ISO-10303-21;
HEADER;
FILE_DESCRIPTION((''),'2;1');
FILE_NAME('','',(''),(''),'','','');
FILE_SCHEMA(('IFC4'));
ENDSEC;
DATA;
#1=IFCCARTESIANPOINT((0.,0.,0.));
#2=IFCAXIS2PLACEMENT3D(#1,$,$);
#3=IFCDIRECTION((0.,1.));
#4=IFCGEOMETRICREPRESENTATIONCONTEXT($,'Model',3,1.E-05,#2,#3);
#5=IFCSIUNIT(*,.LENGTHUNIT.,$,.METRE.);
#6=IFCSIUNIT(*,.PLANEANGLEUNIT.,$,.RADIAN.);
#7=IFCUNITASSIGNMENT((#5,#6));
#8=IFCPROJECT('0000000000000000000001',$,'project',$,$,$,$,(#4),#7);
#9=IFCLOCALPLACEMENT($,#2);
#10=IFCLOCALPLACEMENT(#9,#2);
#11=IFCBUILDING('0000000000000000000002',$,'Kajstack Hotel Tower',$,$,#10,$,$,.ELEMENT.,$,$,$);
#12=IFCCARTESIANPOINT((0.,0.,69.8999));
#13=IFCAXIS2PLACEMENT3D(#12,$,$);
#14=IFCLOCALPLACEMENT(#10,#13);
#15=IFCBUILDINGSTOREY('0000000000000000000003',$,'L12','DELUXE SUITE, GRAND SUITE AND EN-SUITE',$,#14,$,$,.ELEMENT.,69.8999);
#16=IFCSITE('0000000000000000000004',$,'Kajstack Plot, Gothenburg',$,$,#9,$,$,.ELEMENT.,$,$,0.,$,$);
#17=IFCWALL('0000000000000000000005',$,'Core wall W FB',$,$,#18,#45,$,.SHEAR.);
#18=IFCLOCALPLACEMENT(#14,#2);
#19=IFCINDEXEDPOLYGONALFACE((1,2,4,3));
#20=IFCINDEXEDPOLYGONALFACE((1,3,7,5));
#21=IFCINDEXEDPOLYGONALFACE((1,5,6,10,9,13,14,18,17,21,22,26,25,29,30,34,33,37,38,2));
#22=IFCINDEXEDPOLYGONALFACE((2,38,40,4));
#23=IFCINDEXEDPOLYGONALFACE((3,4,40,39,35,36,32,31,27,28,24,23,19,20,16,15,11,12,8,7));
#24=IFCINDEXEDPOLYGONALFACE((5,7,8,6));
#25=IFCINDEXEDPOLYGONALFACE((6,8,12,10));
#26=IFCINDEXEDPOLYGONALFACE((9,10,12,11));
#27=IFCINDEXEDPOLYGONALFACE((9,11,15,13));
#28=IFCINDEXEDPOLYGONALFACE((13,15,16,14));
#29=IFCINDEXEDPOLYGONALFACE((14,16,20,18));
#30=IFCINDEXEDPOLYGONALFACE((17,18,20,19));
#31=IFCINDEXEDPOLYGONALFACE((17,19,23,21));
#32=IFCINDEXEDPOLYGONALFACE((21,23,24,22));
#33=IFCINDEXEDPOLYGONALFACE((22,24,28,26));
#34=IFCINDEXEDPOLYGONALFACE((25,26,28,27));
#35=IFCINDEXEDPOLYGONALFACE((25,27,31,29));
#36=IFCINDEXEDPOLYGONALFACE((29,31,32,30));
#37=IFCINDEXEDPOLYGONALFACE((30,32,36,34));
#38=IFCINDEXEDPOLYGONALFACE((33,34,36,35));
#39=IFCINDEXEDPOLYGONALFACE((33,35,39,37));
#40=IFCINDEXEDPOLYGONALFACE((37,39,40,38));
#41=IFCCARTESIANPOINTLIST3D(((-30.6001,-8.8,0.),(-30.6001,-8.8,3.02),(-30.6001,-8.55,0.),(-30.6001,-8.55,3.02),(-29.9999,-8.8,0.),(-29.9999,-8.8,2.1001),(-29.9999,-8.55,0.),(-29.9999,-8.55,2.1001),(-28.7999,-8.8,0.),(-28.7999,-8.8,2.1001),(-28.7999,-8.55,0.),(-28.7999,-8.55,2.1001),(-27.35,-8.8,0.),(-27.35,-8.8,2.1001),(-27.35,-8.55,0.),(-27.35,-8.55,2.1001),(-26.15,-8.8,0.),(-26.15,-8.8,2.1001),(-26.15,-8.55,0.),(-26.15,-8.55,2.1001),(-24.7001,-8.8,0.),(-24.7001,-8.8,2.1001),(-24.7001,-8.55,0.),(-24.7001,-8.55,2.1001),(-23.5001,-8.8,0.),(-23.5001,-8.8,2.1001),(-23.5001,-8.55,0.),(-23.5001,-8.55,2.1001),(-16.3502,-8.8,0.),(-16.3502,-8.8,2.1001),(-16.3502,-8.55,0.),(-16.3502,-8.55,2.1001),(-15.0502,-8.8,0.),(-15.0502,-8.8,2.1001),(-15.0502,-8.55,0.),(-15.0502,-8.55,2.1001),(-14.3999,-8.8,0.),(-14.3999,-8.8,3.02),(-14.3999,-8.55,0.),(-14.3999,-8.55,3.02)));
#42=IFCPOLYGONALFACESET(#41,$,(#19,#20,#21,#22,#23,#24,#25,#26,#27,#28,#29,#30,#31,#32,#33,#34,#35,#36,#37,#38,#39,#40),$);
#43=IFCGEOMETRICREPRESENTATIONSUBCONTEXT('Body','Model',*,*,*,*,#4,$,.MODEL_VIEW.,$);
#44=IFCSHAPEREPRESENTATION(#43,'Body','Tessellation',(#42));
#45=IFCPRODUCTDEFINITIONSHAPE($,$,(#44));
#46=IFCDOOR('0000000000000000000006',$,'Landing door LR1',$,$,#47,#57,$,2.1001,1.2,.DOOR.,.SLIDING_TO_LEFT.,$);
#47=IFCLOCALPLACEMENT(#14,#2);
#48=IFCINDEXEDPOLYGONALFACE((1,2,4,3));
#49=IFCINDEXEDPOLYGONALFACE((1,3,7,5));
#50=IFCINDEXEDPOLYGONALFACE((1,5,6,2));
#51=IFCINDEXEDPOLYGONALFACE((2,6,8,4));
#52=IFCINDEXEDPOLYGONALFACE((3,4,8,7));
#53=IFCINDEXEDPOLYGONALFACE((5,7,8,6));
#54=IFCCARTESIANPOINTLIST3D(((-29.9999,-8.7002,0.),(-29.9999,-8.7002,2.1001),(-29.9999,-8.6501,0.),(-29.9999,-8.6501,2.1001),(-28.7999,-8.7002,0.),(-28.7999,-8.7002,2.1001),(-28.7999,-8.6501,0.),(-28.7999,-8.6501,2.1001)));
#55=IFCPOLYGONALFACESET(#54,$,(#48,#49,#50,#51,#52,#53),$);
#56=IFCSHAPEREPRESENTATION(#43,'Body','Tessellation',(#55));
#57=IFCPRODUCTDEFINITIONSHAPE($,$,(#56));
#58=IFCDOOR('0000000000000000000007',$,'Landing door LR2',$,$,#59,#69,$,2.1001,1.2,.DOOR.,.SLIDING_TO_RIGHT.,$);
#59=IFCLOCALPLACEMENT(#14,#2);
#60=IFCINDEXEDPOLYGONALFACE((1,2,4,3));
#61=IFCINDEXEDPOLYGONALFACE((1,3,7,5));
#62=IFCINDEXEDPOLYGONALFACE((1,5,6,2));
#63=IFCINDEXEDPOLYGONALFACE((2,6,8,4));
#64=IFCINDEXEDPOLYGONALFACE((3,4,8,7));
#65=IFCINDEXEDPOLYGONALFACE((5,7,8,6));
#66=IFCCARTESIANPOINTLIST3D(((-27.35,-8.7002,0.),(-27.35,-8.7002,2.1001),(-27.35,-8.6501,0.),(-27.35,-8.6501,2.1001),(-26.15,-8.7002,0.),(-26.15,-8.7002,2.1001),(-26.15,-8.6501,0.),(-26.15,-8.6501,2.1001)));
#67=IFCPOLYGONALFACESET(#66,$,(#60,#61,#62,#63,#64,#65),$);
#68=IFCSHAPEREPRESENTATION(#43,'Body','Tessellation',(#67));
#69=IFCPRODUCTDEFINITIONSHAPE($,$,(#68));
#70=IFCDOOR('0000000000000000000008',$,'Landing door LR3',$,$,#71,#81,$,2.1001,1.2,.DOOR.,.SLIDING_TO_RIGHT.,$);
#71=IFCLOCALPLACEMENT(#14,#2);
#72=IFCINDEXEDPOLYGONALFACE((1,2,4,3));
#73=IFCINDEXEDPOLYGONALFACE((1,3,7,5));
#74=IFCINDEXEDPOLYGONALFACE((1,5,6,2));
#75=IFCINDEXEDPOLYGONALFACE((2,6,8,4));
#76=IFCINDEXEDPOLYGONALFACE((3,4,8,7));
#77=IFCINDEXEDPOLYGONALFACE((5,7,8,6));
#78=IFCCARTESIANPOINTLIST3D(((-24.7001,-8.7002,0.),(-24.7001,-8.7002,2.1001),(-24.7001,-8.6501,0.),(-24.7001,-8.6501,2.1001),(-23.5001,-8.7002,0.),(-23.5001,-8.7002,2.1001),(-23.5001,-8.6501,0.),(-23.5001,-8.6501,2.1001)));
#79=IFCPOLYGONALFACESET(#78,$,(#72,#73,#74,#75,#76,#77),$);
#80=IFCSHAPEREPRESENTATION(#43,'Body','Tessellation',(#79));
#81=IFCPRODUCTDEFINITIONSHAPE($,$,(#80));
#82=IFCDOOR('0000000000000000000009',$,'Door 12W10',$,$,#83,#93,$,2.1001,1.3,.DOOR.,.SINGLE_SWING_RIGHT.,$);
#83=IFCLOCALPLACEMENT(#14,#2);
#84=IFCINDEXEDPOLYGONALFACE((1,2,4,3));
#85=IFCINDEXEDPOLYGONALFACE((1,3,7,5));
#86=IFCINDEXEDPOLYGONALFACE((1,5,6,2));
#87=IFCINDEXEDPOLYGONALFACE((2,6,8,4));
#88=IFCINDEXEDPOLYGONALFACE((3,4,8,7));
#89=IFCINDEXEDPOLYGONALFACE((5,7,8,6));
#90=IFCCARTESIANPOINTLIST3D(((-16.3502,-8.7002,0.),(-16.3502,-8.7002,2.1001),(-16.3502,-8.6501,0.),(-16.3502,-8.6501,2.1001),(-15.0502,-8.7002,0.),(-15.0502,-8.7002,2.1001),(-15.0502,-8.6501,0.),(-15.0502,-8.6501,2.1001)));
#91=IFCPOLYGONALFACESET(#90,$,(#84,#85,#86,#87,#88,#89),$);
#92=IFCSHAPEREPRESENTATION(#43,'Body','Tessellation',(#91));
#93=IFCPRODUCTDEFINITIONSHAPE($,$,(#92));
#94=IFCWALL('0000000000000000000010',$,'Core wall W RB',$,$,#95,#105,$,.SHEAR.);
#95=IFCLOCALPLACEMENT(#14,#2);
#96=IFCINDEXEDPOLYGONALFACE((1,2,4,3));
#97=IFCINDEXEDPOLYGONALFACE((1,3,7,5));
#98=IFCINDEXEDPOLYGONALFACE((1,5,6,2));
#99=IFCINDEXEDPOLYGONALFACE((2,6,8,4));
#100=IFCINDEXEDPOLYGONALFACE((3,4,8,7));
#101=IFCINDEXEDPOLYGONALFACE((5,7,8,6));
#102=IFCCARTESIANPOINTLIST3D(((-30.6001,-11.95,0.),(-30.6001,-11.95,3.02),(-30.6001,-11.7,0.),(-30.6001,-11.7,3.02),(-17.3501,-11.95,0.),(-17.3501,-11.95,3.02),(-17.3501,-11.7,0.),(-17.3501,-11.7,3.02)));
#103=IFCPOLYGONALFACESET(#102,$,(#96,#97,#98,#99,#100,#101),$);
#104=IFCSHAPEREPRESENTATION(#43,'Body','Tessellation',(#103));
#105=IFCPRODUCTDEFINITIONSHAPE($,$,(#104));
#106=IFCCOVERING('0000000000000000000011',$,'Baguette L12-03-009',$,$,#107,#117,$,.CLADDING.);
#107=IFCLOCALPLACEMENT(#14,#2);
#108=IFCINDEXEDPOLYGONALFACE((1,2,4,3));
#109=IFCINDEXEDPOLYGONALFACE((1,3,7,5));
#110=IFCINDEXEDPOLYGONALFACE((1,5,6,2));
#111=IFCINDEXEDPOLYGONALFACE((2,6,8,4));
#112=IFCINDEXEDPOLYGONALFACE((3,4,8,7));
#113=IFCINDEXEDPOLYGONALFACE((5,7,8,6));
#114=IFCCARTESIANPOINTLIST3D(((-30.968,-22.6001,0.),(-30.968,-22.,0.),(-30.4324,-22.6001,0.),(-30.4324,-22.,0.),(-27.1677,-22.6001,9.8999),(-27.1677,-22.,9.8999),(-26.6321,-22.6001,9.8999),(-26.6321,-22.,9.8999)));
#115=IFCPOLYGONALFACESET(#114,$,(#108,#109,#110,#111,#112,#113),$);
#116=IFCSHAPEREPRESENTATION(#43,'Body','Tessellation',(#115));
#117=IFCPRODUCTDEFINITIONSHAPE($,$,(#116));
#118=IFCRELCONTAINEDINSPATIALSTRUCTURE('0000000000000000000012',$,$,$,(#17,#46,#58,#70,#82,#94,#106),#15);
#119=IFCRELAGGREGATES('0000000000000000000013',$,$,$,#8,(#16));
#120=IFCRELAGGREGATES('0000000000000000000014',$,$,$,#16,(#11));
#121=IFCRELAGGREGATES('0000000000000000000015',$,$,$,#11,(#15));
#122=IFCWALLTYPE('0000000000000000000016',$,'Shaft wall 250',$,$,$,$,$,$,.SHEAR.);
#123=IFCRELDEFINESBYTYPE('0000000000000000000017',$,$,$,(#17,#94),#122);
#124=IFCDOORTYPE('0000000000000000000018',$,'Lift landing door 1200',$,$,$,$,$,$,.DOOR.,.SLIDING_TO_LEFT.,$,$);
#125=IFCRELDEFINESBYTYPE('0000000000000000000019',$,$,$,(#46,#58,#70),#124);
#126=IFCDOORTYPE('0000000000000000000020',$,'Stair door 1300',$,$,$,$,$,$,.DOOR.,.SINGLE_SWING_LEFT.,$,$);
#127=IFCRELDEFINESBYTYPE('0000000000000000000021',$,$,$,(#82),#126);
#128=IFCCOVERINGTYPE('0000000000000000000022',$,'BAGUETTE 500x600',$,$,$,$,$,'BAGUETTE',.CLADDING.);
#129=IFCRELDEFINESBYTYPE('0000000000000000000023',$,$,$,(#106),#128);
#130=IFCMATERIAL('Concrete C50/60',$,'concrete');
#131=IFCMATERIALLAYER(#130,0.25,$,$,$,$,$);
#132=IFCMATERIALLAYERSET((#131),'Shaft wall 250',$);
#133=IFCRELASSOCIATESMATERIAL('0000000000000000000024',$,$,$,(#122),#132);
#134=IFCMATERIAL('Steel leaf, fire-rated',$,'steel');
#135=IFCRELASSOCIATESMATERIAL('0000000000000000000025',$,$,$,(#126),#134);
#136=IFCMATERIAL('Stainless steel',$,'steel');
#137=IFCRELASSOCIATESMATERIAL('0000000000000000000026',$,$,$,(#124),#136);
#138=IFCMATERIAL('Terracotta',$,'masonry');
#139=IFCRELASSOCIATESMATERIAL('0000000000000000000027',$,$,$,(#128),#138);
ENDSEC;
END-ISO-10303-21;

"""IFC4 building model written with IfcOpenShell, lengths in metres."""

from ifc_helpers import new_model, si_unit, direction, frame, frame_2d, origin, origin_2d, place, context, subcontext, project, spatial, polyline, rectangle, outline, extrude, material, layer, layer_set, material_profile, profile_set, type_object, element, fill, save


model = new_model("IFC4")

# Units and contexts
model_context = context("Model", 3, precision=1e-05, world=origin(), true_north=direction((0.0, 1.0)))
body_context = subcontext(model_context, "Body", "Model", "MODEL_VIEW")
ifc_project = project(units=[si_unit("LENGTHUNIT", "METRE"), si_unit("PLANEANGLEUNIT", "RADIAN")], contexts=[model_context])

# Site, building, storey
site_placement = place(None, origin())
site = spatial("IfcSite", under=ifc_project, at=site_placement, Name="Kajstack Plot, Gothenburg", CompositionType="ELEMENT", RefElevation=0.0)
building_placement = place(site_placement, origin())
building = spatial("IfcBuilding", under=site, at=building_placement, Name="Kajstack Hotel Tower", CompositionType="ELEMENT")
storey_placement = place(building_placement, frame((0.0, 0.0, 69.8999)))
storey = spatial("IfcBuildingStorey", under=building, at=storey_placement, Name="L12", Description="DELUXE SUITE, GRAND SUITE AND EN-SUITE", CompositionType="ELEMENT", Elevation=69.8999)

# Shared definitions
ifc_material_1 = material(Name="Stainless steel", Category="steel")

# Shared definitions
ifc_material_2 = material(Name="Concrete C50/60", Category="concrete")
ifc_layer_1 = layer(ifc_material_2, 0.25)
ifc_layer_set_1 = layer_set([ifc_layer_1], Name="Shaft wall 250")
wall_type_1 = type_object("IfcWallType", Name="Shaft wall 250", PredefinedType="SHEAR", material=ifc_layer_set_1)
ifc_material_3 = material(Name="Steel leaf, fire-rated", Category="steel")
door_type_1 = type_object("IfcDoorType", Name="Stair door 1300", OperationType="SINGLE_SWING_LEFT", PredefinedType="DOOR", material=ifc_material_3)

# Wall, openings, doors
wall_1_placement = place(storey_placement, frame((-30.6001, -8.675, 0.0), z_axis=(0.0, 0.0, 1.0), x_axis=(1.0, 0.0, 0.0)))
wall_1 = element("IfcWall", 1, at=wall_1_placement, inside=storey, type_object=wall_type_1, Name="Core wall W FB", PredefinedType="SHEAR", context=body_context, shape_type="SweptSolid", body=[
    extrude(rectangle(XDim=16.2002, YDim=0.25, at=frame_2d((8.1001, 0.0))), origin(), (0.0, 0.0, 1.0), 3.02),
])
opening_1_placement = place(wall_1_placement, frame((0.6001, 0.0, 0.0)))
opening_1 = element("IfcOpeningElement", 2, at=opening_1_placement, cuts=wall_1, PredefinedType="OPENING", context=body_context, shape_type="SweptSolid", body=[
    extrude(rectangle(XDim=1.2, YDim=2.1001, at=frame_2d((0.6001, 1.05))), frame((0.0, 0.135, 0.0), z_axis=(0.0, -1.0, 0.0), x_axis=(1.0, 0.0, 0.0)), (0.0, 0.0, 1.0), 0.27),
])
opening_2_placement = place(wall_1_placement, frame((3.25, 0.0, 0.0)))
opening_2 = element("IfcOpeningElement", 3, at=opening_2_placement, cuts=wall_1, PredefinedType="OPENING", context=body_context, shape_type="SweptSolid", body=[
    extrude(rectangle(XDim=1.2, YDim=2.1001, at=frame_2d((0.6001, 1.05))), frame((0.0, 0.135, 0.0), z_axis=(0.0, -1.0, 0.0), x_axis=(1.0, 0.0, 0.0)), (0.0, 0.0, 1.0), 0.27),
])
opening_3_placement = place(wall_1_placement, frame((5.8999, 0.0, 0.0)))
opening_3 = element("IfcOpeningElement", 4, at=opening_3_placement, cuts=wall_1, PredefinedType="OPENING", context=body_context, shape_type="SweptSolid", body=[
    extrude(rectangle(XDim=1.2, YDim=2.1001, at=frame_2d((0.6001, 1.05))), frame((0.0, 0.135, 0.0), z_axis=(0.0, -1.0, 0.0), x_axis=(1.0, 0.0, 0.0)), (0.0, 0.0, 1.0), 0.27),
])
opening_4_placement = place(wall_1_placement, frame((14.25, 0.0, 0.0)))
opening_4 = element("IfcOpeningElement", 5, at=opening_4_placement, cuts=wall_1, PredefinedType="OPENING", context=body_context, shape_type="SweptSolid", body=[
    extrude(rectangle(XDim=1.3, YDim=2.1001, at=frame_2d((0.6499, 1.05))), frame((0.0, 0.135, 0.0), z_axis=(0.0, -1.0, 0.0), x_axis=(1.0, 0.0, 0.0)), (0.0, 0.0, 1.0), 0.27),
])
door_type_2 = type_object("IfcDoorType", Name="Lift landing door 1200", OperationType="SLIDING_TO_LEFT", PredefinedType="DOOR", material=ifc_material_1)
door_1_placement = place(opening_1_placement, origin())
door_1 = element("IfcDoor", 6, at=door_1_placement, inside=storey, type_object=door_type_2, Name="Landing door LR1", OperationType="SLIDING_TO_LEFT", OverallHeight=2.1001, OverallWidth=1.2, PredefinedType="DOOR", context=body_context, shape_type="SweptSolid", body=[
    extrude(rectangle(XDim=1.2, YDim=2.1001, at=frame_2d((0.6001, 1.05))), frame((0.0, 0.0249, 0.0), z_axis=(0.0, -1.0, 0.0), x_axis=(1.0, 0.0, 0.0)), (0.0, 0.0, 1.0), 0.05),
])
fill(opening_1, door_1)
door_2_placement = place(opening_2_placement, origin())
door_2 = element("IfcDoor", 7, at=door_2_placement, inside=storey, type_object=door_type_2, Name="Landing door LR2", OperationType="SLIDING_TO_RIGHT", OverallHeight=2.1001, OverallWidth=1.2, PredefinedType="DOOR", context=body_context, shape_type="SweptSolid", body=[
    extrude(rectangle(XDim=1.2, YDim=2.1001, at=frame_2d((0.6001, 1.05))), frame((0.0, 0.0249, 0.0), z_axis=(0.0, -1.0, 0.0), x_axis=(1.0, 0.0, 0.0)), (0.0, 0.0, 1.0), 0.05),
])
fill(opening_2, door_2)
door_3_placement = place(opening_3_placement, origin())
door_3 = element("IfcDoor", 8, at=door_3_placement, inside=storey, type_object=door_type_2, Name="Landing door LR3", OperationType="SLIDING_TO_RIGHT", OverallHeight=2.1001, OverallWidth=1.2, PredefinedType="DOOR", context=body_context, shape_type="SweptSolid", body=[
    extrude(rectangle(XDim=1.2, YDim=2.1001, at=frame_2d((0.6001, 1.05))), frame((0.0, 0.0249, 0.0), z_axis=(0.0, -1.0, 0.0), x_axis=(1.0, 0.0, 0.0)), (0.0, 0.0, 1.0), 0.05),
])
fill(opening_3, door_3)
door_4_placement = place(opening_4_placement, origin())
door_4 = element("IfcDoor", 9, at=door_4_placement, inside=storey, type_object=door_type_1, Name="Door 12W10", OperationType="SINGLE_SWING_RIGHT", OverallHeight=2.1001, OverallWidth=1.3, PredefinedType="DOOR", context=body_context, shape_type="SweptSolid", body=[
    extrude(rectangle(XDim=1.3, YDim=2.1001, at=frame_2d((0.6499, 1.05))), frame((0.0, 0.0249, 0.0), z_axis=(0.0, -1.0, 0.0), x_axis=(1.0, 0.0, 0.0)), (0.0, 0.0, 1.0), 0.05),
])
fill(opening_4, door_4)

# Wall
wall_2_placement = place(storey_placement, frame((-30.6001, -11.825, 0.0), z_axis=(0.0, 0.0, 1.0), x_axis=(1.0, 0.0, 0.0)))
element("IfcWall", 10, at=wall_2_placement, inside=storey, type_object=wall_type_1, Name="Core wall W RB", PredefinedType="SHEAR", context=body_context, shape_type="SweptSolid", body=[
    extrude(rectangle(XDim=13.25, YDim=0.25, at=frame_2d((6.625, 0.0))), origin(), (0.0, 0.0, 1.0), 3.02),
])

# Covering
ifc_material_4 = material(Name="Terracotta", Category="masonry")
ifc_material_profile = material_profile(ifc_material_4, rectangle(XDim=0.6001, YDim=0.5, at=origin_2d()), Name="Terracotta-clad concrete baguette 500 x 600")
ifc_profile_set = profile_set([ifc_material_profile], Name="Terracotta")
covering_type = type_object("IfcCoveringType", Name="BAGUETTE 500x600", ElementType="BAGUETTE", PredefinedType="CLADDING", material=ifc_profile_set)
covering_placement = place(storey_placement, frame((-30.968, -22.0, 0.0), z_axis=(0.0, -1.0, 0.0), x_axis=(1.0, 0.0, 0.0)))
element("IfcCovering", 11, at=covering_placement, inside=storey, type_object=covering_type, Name="Baguette L12-03-009", PredefinedType="CLADDING", context=body_context, shape_type="SweptSolid", body=[
    extrude(outline(polyline([(3.8003, 9.8999), (0.0, 0.0), (0.5356, 0.0), (4.3359, 9.8999), (3.8003, 9.8999)])), origin(), (0.0, 0.0, 1.0), 0.6001),
])

save(model, "model.ifc")
